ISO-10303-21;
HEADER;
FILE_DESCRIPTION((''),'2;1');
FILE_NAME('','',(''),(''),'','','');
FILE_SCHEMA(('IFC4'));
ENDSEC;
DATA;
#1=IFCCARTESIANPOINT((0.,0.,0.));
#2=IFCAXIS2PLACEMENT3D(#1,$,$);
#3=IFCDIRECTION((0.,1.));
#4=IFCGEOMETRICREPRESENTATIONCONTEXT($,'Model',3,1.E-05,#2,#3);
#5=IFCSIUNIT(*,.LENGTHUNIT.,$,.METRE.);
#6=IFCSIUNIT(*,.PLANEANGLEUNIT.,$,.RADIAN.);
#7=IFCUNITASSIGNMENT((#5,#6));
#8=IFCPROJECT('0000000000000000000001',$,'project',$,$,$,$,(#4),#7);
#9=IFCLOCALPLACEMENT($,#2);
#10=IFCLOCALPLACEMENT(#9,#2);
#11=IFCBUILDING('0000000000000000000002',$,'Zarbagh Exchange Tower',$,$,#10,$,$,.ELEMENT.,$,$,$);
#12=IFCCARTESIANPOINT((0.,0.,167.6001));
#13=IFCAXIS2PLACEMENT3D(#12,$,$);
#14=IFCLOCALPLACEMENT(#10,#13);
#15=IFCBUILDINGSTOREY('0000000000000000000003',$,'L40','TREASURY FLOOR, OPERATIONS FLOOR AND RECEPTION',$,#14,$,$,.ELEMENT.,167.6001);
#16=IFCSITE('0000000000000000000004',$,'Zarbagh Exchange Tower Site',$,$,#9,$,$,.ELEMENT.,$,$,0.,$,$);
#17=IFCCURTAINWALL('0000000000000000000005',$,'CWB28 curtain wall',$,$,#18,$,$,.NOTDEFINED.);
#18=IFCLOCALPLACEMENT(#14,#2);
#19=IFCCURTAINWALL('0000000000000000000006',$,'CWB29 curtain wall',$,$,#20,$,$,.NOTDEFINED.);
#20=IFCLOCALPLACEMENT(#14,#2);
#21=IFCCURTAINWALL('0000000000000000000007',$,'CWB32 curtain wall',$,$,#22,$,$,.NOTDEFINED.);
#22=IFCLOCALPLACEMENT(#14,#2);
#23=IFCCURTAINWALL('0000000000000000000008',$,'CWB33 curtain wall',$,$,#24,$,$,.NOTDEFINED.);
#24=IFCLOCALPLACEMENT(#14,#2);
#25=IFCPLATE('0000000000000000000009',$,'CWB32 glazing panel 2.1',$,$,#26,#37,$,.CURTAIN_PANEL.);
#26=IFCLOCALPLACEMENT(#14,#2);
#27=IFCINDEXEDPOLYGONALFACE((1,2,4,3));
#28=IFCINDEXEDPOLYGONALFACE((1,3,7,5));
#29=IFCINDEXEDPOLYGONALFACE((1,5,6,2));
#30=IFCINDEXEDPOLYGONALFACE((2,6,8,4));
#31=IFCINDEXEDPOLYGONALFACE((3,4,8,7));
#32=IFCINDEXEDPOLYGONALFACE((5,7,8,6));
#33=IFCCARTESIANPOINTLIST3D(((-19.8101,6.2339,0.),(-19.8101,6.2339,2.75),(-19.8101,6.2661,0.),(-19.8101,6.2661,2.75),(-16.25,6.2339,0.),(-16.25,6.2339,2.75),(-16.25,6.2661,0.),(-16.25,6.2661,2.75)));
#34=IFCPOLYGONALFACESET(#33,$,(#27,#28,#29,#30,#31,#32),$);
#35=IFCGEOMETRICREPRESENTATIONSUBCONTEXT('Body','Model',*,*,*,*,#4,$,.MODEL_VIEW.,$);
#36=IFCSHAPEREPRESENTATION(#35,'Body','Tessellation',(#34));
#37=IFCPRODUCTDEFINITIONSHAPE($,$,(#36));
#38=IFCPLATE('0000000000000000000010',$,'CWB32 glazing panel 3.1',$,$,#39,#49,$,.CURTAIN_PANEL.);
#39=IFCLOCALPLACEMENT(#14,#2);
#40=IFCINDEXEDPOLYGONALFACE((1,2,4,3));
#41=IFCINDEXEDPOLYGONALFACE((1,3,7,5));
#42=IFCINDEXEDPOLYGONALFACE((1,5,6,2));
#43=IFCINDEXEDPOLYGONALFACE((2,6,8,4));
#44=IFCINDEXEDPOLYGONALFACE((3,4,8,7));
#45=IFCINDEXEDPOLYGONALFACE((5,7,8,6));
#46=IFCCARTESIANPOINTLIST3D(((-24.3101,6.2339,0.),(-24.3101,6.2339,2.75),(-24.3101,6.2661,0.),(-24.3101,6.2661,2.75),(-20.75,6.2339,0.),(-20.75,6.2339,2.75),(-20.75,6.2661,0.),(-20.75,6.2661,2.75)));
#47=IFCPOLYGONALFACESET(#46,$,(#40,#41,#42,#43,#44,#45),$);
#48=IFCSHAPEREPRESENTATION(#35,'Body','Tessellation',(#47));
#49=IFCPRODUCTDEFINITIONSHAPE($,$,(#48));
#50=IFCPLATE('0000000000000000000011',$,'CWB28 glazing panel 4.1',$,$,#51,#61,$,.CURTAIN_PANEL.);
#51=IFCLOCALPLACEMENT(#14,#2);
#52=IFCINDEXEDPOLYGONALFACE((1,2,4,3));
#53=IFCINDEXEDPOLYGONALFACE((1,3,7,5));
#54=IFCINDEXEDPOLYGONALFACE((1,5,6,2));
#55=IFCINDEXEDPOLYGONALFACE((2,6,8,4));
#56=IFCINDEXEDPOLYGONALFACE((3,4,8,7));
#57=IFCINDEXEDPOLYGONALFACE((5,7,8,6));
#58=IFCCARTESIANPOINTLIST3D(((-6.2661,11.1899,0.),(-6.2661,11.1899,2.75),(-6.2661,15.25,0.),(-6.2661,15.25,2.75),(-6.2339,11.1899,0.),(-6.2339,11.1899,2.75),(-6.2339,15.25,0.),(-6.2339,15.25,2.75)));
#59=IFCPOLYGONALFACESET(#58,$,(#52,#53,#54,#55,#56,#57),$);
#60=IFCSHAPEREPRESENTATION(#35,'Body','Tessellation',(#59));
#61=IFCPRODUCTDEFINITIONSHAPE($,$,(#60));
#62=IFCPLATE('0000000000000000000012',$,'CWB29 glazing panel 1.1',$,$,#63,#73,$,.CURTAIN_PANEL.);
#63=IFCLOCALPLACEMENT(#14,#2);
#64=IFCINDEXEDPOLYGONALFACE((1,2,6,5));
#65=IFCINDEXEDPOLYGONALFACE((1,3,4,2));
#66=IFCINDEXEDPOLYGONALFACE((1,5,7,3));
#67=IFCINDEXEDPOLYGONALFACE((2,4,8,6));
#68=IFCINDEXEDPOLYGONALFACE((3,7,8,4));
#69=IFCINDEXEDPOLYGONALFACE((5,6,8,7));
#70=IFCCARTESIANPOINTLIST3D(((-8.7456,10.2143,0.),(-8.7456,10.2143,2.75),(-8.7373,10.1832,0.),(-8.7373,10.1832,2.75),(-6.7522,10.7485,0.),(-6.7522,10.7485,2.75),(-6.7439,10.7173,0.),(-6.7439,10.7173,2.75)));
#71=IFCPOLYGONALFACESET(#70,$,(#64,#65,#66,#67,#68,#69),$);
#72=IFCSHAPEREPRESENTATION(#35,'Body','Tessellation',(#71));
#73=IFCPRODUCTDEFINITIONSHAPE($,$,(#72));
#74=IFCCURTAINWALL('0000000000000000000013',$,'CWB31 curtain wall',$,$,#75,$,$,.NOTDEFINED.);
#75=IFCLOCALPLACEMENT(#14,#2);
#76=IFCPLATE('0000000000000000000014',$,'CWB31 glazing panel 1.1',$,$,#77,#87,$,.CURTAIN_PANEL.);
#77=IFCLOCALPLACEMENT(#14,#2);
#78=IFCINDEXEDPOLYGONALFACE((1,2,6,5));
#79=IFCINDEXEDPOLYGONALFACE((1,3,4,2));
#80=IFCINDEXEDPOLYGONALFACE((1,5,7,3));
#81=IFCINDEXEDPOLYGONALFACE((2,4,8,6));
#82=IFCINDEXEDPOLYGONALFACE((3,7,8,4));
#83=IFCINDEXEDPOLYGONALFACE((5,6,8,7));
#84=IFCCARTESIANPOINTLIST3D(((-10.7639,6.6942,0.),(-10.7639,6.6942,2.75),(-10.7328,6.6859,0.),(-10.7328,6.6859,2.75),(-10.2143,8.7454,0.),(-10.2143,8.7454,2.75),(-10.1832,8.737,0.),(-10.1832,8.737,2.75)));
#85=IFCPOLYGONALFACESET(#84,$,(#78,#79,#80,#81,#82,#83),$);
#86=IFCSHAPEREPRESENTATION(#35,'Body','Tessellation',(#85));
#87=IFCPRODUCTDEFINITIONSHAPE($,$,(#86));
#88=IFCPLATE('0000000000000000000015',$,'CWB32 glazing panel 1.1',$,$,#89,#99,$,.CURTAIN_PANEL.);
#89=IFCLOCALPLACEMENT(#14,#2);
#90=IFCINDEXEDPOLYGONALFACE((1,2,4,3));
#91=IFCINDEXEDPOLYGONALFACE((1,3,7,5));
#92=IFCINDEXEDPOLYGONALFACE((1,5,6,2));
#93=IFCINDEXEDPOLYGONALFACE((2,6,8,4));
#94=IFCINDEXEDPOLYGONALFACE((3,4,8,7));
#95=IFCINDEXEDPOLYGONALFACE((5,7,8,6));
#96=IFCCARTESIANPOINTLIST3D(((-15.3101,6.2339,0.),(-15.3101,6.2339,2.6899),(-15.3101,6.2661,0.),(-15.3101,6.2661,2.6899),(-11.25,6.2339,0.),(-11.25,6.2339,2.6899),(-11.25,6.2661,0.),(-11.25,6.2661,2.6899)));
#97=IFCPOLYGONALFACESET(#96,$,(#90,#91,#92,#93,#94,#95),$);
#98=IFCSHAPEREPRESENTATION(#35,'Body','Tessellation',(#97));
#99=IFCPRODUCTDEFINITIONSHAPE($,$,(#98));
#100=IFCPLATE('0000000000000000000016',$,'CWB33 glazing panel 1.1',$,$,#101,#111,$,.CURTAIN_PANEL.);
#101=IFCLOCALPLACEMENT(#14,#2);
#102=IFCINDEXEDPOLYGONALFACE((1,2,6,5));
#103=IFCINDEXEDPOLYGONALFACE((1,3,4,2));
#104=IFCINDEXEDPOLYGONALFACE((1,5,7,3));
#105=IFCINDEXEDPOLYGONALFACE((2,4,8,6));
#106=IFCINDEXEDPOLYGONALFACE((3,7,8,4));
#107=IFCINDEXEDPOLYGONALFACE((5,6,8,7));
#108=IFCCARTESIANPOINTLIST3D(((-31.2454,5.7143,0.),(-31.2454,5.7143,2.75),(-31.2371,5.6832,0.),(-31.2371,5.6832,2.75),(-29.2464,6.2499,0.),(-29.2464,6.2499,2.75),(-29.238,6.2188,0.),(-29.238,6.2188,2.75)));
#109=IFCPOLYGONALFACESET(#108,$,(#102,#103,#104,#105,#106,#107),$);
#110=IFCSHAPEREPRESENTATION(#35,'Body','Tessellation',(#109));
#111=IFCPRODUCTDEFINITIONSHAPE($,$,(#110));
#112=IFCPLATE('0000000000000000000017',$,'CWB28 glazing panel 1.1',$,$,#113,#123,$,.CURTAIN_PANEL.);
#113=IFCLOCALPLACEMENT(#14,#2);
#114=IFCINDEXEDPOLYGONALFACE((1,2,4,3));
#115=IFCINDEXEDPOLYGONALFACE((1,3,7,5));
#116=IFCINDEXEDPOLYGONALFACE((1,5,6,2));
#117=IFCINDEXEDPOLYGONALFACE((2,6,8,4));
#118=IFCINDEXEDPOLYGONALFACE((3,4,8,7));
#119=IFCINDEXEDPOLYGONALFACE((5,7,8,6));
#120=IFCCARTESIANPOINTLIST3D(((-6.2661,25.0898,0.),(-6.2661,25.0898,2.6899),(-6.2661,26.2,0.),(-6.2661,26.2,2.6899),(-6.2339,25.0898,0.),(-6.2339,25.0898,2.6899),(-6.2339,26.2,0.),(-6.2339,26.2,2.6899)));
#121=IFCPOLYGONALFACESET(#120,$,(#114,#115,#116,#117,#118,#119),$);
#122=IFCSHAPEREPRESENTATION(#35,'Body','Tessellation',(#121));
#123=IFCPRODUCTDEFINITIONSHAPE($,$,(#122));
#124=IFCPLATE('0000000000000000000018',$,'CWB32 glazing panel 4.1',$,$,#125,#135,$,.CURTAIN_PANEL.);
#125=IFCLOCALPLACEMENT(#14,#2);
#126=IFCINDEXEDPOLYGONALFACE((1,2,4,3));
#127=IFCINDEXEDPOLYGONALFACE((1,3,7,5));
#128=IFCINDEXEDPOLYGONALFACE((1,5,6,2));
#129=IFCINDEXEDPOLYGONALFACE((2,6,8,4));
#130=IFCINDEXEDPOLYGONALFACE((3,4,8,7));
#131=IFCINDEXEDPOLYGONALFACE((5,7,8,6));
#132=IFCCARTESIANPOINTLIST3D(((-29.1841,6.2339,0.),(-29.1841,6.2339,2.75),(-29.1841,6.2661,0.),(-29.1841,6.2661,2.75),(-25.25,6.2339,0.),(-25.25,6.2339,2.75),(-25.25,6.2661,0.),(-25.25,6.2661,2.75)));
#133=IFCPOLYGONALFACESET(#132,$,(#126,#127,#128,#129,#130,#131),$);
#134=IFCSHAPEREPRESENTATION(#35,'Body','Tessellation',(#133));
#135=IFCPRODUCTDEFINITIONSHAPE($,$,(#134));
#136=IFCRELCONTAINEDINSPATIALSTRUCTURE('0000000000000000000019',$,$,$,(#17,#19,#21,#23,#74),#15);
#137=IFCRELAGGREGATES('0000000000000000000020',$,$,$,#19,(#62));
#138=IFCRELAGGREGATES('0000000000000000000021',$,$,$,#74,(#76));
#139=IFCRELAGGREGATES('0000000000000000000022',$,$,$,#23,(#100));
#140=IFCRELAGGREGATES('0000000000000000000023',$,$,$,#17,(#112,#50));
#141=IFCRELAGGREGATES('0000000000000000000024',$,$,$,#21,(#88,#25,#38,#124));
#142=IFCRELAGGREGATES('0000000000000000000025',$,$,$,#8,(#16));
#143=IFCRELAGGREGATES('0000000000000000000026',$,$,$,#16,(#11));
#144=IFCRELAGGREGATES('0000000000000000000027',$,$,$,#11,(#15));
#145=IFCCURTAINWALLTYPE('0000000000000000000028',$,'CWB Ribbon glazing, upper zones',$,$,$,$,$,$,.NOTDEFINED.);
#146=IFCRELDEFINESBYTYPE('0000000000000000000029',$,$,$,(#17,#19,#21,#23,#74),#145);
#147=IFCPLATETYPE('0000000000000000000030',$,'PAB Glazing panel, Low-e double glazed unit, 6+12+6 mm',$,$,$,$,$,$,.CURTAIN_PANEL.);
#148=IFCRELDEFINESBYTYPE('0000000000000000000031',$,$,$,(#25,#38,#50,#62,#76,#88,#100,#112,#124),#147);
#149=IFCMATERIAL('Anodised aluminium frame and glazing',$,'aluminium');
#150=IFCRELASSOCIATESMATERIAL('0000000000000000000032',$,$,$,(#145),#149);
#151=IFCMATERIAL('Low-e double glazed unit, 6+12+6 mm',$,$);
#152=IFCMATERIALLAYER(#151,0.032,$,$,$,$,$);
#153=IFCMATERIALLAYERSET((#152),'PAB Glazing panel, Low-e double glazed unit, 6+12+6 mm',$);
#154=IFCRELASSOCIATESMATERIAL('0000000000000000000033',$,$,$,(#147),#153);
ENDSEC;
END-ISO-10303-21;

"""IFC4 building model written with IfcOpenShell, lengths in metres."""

from ifc_helpers import new_model, si_unit, direction, frame, origin, place, context, subcontext, project, spatial, polyline, outline, extrude, source, transform, mapped, material, layer, layer_set, type_object, element, aggregate, save


model = new_model("IFC4")

# Units and contexts
model_context = context("Model", 3, precision=1e-05, world=origin(), true_north=direction((0.0, 1.0)))
body_context = subcontext(model_context, "Body", "Model", "MODEL_VIEW")
ifc_project = project(units=[si_unit("LENGTHUNIT", "METRE"), si_unit("PLANEANGLEUNIT", "RADIAN")], contexts=[model_context])

# Site, building, storey
site_placement = place(None, origin())
site = spatial("IfcSite", under=ifc_project, at=site_placement, Name="Zarbagh Exchange Tower Site", CompositionType="ELEMENT", RefElevation=0.0)
building_placement = place(site_placement, origin())
building = spatial("IfcBuilding", under=site, at=building_placement, Name="Zarbagh Exchange Tower", CompositionType="ELEMENT")
storey_placement = place(building_placement, frame((0.0, 0.0, 167.6001)))
storey = spatial("IfcBuildingStorey", under=building, at=storey_placement, Name="L40", Description="TREASURY FLOOR, OPERATIONS FLOOR AND RECEPTION", CompositionType="ELEMENT", Elevation=167.6001)

# Curtain wall
ifc_material_1 = material(Name="Anodised aluminium frame and glazing", Category="aluminium")
curtain_wall_type = type_object("IfcCurtainWallType", Name="CWB Ribbon glazing, upper zones", PredefinedType="NOTDEFINED", material=ifc_material_1)
curtain_wall_1_placement = place(storey_placement, origin())
curtain_wall_1 = element("IfcCurtainWall", 1, at=curtain_wall_1_placement, inside=storey, type_object=curtain_wall_type, Name="CWB28 curtain wall", PredefinedType="NOTDEFINED")
placement = place(storey_placement, origin())

# Curtain wall
curtain_wall_2_placement = place(storey_placement, origin())
curtain_wall_2 = element("IfcCurtainWall", 2, at=curtain_wall_2_placement, inside=storey, type_object=curtain_wall_type, Name="CWB29 curtain wall", PredefinedType="NOTDEFINED")

# Curtain wall
curtain_wall_3_placement = place(storey_placement, origin())
curtain_wall_3 = element("IfcCurtainWall", 3, at=curtain_wall_3_placement, inside=storey, type_object=curtain_wall_type, Name="CWB32 curtain wall", PredefinedType="NOTDEFINED")

# Curtain wall
curtain_wall_4_placement = place(storey_placement, origin())
curtain_wall_4 = element("IfcCurtainWall", 4, at=curtain_wall_4_placement, inside=storey, type_object=curtain_wall_type, Name="CWB33 curtain wall", PredefinedType="NOTDEFINED")

# Shared definitions
ifc_material_2 = material(Name="Low-e double glazed unit, 6+12+6 mm")
ifc_layer = layer(ifc_material_2, 0.032)
ifc_layer_set = layer_set([ifc_layer], Name="PAB Glazing panel, Low-e double glazed unit, 6+12+6 mm")
plate_type = type_object("IfcPlateType", Name="PAB Glazing panel, Low-e double glazed unit, 6+12+6 mm", PredefinedType="CURTAIN_PANEL", material=ifc_layer_set)

# Plates
shared_shape_1 = source(origin(), body_context, "Body", "SweptSolid", [
    extrude(outline(polyline([(0.0, -0.0161), (3.5601, -0.0161), (3.5601, 0.0161), (0.0, 0.0161), (0.0, -0.0161)])), origin(), (0.0, 0.0, 1.0), 2.75),
])
plate_1 = element("IfcPlate", 5, at=placement, type_object=plate_type, Name="CWB32 glazing panel 2.1", PredefinedType="CURTAIN_PANEL", context=body_context, shape_type="MappedRepresentation", body=[
    mapped(shared_shape_1, transform((-16.25, 6.25, 0.0), x_axis=(-1.0, 0.0, 0.0), y_axis=(0.0, -1.0, 0.0), z_axis=(0.0, 0.0, 1.0))),
])
plate_2 = element("IfcPlate", 6, at=placement, type_object=plate_type, Name="CWB32 glazing panel 3.1", PredefinedType="CURTAIN_PANEL", context=body_context, shape_type="MappedRepresentation", body=[
    mapped(shared_shape_1, transform((-20.75, 6.25, 0.0), x_axis=(-1.0, 0.0, 0.0), y_axis=(0.0, -1.0, 0.0), z_axis=(0.0, 0.0, 1.0))),
])
shared_shape_2 = source(origin(), body_context, "Body", "SweptSolid", [
    extrude(outline(polyline([(0.0, -0.0161), (4.0601, -0.0161), (4.0601, 0.0161), (0.0, 0.0161), (0.0, -0.0161)])), origin(), (0.0, 0.0, 1.0), 2.75),
])
plate_3 = element("IfcPlate", 7, at=placement, type_object=plate_type, Name="CWB28 glazing panel 4.1", PredefinedType="CURTAIN_PANEL", context=body_context, shape_type="MappedRepresentation", body=[
    mapped(shared_shape_2, transform((-6.25, 15.25, 0.0), x_axis=(0.0, -1.0, 0.0), y_axis=(1.0, 0.0, 0.0), z_axis=(0.0, 0.0, 1.0))),
])
shared_shape_3 = source(origin(), body_context, "Body", "SweptSolid", [
    extrude(outline(polyline([(0.0, -0.0161), (2.0637, -0.0161), (2.0637, 0.0161), (0.0, 0.0161), (0.0, -0.0161)])), origin(), (0.0, 0.0, 1.0), 2.75),
])
plate_4 = element("IfcPlate", 8, at=placement, type_object=plate_type, Name="CWB29 glazing panel 1.1", PredefinedType="CURTAIN_PANEL", context=body_context, shape_type="MappedRepresentation", body=[
    mapped(shared_shape_3, transform((-6.748, 10.7329, 0.0), x_axis=(-0.965924, -0.258825, 0.0), y_axis=(0.258825, -0.965924, 0.0), z_axis=(0.0, 0.0, 1.0))),
])
aggregate(curtain_wall_2, [plate_4])

# Curtain wall, plate
curtain_wall_5_placement = place(storey_placement, origin())
curtain_wall_5 = element("IfcCurtainWall", 9, at=curtain_wall_5_placement, inside=storey, type_object=curtain_wall_type, Name="CWB31 curtain wall", PredefinedType="NOTDEFINED")
shared_shape_4 = source(origin(), body_context, "Body", "SweptSolid", [
    extrude(outline(polyline([(0.0, -0.0161), (2.1235, -0.0161), (2.1235, 0.0161), (0.0, 0.0161), (0.0, -0.0161)])), origin(), (0.0, 0.0, 1.0), 2.75),
])
plate_5 = element("IfcPlate", 10, at=placement, type_object=plate_type, Name="CWB31 glazing panel 1.1", PredefinedType="CURTAIN_PANEL", context=body_context, shape_type="MappedRepresentation", body=[
    mapped(shared_shape_4, transform((-10.1987, 8.7412, 0.0), x_axis=(-0.258825, -0.965924, 0.0), y_axis=(0.965924, -0.258825, 0.0), z_axis=(0.0, 0.0, 1.0))),
])
aggregate(curtain_wall_5, [plate_5])

# Plates
shared_shape_5 = source(origin(), body_context, "Body", "SweptSolid", [
    extrude(outline(polyline([(0.0, -0.0161), (4.0601, -0.0161), (4.0601, 0.0161), (0.0, 0.0161), (0.0, -0.0161)])), origin(), (0.0, 0.0, 1.0), 2.6899),
])
plate_6 = element("IfcPlate", 11, at=placement, type_object=plate_type, Name="CWB32 glazing panel 1.1", PredefinedType="CURTAIN_PANEL", context=body_context, shape_type="MappedRepresentation", body=[
    mapped(shared_shape_5, transform((-11.25, 6.25, 0.0), x_axis=(-1.0, 0.0, 0.0), y_axis=(0.0, -1.0, 0.0), z_axis=(0.0, 0.0, 1.0))),
])
shared_shape_6 = source(origin(), body_context, "Body", "SweptSolid", [
    extrude(outline(polyline([(0.0, -0.0161), (2.0696, -0.0161), (2.0696, 0.0161), (0.0, 0.0161), (0.0, -0.0161)])), origin(), (0.0, 0.0, 1.0), 2.75),
])
plate_7 = element("IfcPlate", 12, at=placement, type_object=plate_type, Name="CWB33 glazing panel 1.1", PredefinedType="CURTAIN_PANEL", context=body_context, shape_type="MappedRepresentation", body=[
    mapped(shared_shape_6, transform((-29.2422, 6.2344, 0.0), x_axis=(-0.965924, -0.258825, 0.0), y_axis=(0.258825, -0.965924, 0.0), z_axis=(0.0, 0.0, 1.0))),
])
aggregate(curtain_wall_4, [plate_7])
shared_shape_7 = source(origin(), body_context, "Body", "SweptSolid", [
    extrude(outline(polyline([(0.0, -0.0161), (1.1101, -0.0161), (1.1101, 0.0161), (0.0, 0.0161), (0.0, -0.0161)])), origin(), (0.0, 0.0, 1.0), 2.6899),
])
plate_8 = element("IfcPlate", 13, at=placement, type_object=plate_type, Name="CWB28 glazing panel 1.1", PredefinedType="CURTAIN_PANEL", context=body_context, shape_type="MappedRepresentation", body=[
    mapped(shared_shape_7, transform((-6.25, 26.2, 0.0), x_axis=(0.0, -1.0, 0.0), y_axis=(1.0, 0.0, 0.0), z_axis=(0.0, 0.0, 1.0))),
])
aggregate(curtain_wall_1, [plate_8, plate_3])
shared_shape_8 = source(origin(), body_context, "Body", "SweptSolid", [
    extrude(outline(polyline([(0.0, -0.0161), (3.9341, -0.0161), (3.9341, 0.0161), (0.0, 0.0161), (0.0, -0.0161)])), origin(), (0.0, 0.0, 1.0), 2.75),
])
plate_9 = element("IfcPlate", 14, at=placement, type_object=plate_type, Name="CWB32 glazing panel 4.1", PredefinedType="CURTAIN_PANEL", context=body_context, shape_type="MappedRepresentation", body=[
    mapped(shared_shape_8, transform((-25.25, 6.25, 0.0), x_axis=(-1.0, 0.0, 0.0), y_axis=(0.0, -1.0, 0.0), z_axis=(0.0, 0.0, 1.0))),
])
aggregate(curtain_wall_3, [plate_6, plate_1, plate_2, plate_9])

save(model, "model.ifc")
